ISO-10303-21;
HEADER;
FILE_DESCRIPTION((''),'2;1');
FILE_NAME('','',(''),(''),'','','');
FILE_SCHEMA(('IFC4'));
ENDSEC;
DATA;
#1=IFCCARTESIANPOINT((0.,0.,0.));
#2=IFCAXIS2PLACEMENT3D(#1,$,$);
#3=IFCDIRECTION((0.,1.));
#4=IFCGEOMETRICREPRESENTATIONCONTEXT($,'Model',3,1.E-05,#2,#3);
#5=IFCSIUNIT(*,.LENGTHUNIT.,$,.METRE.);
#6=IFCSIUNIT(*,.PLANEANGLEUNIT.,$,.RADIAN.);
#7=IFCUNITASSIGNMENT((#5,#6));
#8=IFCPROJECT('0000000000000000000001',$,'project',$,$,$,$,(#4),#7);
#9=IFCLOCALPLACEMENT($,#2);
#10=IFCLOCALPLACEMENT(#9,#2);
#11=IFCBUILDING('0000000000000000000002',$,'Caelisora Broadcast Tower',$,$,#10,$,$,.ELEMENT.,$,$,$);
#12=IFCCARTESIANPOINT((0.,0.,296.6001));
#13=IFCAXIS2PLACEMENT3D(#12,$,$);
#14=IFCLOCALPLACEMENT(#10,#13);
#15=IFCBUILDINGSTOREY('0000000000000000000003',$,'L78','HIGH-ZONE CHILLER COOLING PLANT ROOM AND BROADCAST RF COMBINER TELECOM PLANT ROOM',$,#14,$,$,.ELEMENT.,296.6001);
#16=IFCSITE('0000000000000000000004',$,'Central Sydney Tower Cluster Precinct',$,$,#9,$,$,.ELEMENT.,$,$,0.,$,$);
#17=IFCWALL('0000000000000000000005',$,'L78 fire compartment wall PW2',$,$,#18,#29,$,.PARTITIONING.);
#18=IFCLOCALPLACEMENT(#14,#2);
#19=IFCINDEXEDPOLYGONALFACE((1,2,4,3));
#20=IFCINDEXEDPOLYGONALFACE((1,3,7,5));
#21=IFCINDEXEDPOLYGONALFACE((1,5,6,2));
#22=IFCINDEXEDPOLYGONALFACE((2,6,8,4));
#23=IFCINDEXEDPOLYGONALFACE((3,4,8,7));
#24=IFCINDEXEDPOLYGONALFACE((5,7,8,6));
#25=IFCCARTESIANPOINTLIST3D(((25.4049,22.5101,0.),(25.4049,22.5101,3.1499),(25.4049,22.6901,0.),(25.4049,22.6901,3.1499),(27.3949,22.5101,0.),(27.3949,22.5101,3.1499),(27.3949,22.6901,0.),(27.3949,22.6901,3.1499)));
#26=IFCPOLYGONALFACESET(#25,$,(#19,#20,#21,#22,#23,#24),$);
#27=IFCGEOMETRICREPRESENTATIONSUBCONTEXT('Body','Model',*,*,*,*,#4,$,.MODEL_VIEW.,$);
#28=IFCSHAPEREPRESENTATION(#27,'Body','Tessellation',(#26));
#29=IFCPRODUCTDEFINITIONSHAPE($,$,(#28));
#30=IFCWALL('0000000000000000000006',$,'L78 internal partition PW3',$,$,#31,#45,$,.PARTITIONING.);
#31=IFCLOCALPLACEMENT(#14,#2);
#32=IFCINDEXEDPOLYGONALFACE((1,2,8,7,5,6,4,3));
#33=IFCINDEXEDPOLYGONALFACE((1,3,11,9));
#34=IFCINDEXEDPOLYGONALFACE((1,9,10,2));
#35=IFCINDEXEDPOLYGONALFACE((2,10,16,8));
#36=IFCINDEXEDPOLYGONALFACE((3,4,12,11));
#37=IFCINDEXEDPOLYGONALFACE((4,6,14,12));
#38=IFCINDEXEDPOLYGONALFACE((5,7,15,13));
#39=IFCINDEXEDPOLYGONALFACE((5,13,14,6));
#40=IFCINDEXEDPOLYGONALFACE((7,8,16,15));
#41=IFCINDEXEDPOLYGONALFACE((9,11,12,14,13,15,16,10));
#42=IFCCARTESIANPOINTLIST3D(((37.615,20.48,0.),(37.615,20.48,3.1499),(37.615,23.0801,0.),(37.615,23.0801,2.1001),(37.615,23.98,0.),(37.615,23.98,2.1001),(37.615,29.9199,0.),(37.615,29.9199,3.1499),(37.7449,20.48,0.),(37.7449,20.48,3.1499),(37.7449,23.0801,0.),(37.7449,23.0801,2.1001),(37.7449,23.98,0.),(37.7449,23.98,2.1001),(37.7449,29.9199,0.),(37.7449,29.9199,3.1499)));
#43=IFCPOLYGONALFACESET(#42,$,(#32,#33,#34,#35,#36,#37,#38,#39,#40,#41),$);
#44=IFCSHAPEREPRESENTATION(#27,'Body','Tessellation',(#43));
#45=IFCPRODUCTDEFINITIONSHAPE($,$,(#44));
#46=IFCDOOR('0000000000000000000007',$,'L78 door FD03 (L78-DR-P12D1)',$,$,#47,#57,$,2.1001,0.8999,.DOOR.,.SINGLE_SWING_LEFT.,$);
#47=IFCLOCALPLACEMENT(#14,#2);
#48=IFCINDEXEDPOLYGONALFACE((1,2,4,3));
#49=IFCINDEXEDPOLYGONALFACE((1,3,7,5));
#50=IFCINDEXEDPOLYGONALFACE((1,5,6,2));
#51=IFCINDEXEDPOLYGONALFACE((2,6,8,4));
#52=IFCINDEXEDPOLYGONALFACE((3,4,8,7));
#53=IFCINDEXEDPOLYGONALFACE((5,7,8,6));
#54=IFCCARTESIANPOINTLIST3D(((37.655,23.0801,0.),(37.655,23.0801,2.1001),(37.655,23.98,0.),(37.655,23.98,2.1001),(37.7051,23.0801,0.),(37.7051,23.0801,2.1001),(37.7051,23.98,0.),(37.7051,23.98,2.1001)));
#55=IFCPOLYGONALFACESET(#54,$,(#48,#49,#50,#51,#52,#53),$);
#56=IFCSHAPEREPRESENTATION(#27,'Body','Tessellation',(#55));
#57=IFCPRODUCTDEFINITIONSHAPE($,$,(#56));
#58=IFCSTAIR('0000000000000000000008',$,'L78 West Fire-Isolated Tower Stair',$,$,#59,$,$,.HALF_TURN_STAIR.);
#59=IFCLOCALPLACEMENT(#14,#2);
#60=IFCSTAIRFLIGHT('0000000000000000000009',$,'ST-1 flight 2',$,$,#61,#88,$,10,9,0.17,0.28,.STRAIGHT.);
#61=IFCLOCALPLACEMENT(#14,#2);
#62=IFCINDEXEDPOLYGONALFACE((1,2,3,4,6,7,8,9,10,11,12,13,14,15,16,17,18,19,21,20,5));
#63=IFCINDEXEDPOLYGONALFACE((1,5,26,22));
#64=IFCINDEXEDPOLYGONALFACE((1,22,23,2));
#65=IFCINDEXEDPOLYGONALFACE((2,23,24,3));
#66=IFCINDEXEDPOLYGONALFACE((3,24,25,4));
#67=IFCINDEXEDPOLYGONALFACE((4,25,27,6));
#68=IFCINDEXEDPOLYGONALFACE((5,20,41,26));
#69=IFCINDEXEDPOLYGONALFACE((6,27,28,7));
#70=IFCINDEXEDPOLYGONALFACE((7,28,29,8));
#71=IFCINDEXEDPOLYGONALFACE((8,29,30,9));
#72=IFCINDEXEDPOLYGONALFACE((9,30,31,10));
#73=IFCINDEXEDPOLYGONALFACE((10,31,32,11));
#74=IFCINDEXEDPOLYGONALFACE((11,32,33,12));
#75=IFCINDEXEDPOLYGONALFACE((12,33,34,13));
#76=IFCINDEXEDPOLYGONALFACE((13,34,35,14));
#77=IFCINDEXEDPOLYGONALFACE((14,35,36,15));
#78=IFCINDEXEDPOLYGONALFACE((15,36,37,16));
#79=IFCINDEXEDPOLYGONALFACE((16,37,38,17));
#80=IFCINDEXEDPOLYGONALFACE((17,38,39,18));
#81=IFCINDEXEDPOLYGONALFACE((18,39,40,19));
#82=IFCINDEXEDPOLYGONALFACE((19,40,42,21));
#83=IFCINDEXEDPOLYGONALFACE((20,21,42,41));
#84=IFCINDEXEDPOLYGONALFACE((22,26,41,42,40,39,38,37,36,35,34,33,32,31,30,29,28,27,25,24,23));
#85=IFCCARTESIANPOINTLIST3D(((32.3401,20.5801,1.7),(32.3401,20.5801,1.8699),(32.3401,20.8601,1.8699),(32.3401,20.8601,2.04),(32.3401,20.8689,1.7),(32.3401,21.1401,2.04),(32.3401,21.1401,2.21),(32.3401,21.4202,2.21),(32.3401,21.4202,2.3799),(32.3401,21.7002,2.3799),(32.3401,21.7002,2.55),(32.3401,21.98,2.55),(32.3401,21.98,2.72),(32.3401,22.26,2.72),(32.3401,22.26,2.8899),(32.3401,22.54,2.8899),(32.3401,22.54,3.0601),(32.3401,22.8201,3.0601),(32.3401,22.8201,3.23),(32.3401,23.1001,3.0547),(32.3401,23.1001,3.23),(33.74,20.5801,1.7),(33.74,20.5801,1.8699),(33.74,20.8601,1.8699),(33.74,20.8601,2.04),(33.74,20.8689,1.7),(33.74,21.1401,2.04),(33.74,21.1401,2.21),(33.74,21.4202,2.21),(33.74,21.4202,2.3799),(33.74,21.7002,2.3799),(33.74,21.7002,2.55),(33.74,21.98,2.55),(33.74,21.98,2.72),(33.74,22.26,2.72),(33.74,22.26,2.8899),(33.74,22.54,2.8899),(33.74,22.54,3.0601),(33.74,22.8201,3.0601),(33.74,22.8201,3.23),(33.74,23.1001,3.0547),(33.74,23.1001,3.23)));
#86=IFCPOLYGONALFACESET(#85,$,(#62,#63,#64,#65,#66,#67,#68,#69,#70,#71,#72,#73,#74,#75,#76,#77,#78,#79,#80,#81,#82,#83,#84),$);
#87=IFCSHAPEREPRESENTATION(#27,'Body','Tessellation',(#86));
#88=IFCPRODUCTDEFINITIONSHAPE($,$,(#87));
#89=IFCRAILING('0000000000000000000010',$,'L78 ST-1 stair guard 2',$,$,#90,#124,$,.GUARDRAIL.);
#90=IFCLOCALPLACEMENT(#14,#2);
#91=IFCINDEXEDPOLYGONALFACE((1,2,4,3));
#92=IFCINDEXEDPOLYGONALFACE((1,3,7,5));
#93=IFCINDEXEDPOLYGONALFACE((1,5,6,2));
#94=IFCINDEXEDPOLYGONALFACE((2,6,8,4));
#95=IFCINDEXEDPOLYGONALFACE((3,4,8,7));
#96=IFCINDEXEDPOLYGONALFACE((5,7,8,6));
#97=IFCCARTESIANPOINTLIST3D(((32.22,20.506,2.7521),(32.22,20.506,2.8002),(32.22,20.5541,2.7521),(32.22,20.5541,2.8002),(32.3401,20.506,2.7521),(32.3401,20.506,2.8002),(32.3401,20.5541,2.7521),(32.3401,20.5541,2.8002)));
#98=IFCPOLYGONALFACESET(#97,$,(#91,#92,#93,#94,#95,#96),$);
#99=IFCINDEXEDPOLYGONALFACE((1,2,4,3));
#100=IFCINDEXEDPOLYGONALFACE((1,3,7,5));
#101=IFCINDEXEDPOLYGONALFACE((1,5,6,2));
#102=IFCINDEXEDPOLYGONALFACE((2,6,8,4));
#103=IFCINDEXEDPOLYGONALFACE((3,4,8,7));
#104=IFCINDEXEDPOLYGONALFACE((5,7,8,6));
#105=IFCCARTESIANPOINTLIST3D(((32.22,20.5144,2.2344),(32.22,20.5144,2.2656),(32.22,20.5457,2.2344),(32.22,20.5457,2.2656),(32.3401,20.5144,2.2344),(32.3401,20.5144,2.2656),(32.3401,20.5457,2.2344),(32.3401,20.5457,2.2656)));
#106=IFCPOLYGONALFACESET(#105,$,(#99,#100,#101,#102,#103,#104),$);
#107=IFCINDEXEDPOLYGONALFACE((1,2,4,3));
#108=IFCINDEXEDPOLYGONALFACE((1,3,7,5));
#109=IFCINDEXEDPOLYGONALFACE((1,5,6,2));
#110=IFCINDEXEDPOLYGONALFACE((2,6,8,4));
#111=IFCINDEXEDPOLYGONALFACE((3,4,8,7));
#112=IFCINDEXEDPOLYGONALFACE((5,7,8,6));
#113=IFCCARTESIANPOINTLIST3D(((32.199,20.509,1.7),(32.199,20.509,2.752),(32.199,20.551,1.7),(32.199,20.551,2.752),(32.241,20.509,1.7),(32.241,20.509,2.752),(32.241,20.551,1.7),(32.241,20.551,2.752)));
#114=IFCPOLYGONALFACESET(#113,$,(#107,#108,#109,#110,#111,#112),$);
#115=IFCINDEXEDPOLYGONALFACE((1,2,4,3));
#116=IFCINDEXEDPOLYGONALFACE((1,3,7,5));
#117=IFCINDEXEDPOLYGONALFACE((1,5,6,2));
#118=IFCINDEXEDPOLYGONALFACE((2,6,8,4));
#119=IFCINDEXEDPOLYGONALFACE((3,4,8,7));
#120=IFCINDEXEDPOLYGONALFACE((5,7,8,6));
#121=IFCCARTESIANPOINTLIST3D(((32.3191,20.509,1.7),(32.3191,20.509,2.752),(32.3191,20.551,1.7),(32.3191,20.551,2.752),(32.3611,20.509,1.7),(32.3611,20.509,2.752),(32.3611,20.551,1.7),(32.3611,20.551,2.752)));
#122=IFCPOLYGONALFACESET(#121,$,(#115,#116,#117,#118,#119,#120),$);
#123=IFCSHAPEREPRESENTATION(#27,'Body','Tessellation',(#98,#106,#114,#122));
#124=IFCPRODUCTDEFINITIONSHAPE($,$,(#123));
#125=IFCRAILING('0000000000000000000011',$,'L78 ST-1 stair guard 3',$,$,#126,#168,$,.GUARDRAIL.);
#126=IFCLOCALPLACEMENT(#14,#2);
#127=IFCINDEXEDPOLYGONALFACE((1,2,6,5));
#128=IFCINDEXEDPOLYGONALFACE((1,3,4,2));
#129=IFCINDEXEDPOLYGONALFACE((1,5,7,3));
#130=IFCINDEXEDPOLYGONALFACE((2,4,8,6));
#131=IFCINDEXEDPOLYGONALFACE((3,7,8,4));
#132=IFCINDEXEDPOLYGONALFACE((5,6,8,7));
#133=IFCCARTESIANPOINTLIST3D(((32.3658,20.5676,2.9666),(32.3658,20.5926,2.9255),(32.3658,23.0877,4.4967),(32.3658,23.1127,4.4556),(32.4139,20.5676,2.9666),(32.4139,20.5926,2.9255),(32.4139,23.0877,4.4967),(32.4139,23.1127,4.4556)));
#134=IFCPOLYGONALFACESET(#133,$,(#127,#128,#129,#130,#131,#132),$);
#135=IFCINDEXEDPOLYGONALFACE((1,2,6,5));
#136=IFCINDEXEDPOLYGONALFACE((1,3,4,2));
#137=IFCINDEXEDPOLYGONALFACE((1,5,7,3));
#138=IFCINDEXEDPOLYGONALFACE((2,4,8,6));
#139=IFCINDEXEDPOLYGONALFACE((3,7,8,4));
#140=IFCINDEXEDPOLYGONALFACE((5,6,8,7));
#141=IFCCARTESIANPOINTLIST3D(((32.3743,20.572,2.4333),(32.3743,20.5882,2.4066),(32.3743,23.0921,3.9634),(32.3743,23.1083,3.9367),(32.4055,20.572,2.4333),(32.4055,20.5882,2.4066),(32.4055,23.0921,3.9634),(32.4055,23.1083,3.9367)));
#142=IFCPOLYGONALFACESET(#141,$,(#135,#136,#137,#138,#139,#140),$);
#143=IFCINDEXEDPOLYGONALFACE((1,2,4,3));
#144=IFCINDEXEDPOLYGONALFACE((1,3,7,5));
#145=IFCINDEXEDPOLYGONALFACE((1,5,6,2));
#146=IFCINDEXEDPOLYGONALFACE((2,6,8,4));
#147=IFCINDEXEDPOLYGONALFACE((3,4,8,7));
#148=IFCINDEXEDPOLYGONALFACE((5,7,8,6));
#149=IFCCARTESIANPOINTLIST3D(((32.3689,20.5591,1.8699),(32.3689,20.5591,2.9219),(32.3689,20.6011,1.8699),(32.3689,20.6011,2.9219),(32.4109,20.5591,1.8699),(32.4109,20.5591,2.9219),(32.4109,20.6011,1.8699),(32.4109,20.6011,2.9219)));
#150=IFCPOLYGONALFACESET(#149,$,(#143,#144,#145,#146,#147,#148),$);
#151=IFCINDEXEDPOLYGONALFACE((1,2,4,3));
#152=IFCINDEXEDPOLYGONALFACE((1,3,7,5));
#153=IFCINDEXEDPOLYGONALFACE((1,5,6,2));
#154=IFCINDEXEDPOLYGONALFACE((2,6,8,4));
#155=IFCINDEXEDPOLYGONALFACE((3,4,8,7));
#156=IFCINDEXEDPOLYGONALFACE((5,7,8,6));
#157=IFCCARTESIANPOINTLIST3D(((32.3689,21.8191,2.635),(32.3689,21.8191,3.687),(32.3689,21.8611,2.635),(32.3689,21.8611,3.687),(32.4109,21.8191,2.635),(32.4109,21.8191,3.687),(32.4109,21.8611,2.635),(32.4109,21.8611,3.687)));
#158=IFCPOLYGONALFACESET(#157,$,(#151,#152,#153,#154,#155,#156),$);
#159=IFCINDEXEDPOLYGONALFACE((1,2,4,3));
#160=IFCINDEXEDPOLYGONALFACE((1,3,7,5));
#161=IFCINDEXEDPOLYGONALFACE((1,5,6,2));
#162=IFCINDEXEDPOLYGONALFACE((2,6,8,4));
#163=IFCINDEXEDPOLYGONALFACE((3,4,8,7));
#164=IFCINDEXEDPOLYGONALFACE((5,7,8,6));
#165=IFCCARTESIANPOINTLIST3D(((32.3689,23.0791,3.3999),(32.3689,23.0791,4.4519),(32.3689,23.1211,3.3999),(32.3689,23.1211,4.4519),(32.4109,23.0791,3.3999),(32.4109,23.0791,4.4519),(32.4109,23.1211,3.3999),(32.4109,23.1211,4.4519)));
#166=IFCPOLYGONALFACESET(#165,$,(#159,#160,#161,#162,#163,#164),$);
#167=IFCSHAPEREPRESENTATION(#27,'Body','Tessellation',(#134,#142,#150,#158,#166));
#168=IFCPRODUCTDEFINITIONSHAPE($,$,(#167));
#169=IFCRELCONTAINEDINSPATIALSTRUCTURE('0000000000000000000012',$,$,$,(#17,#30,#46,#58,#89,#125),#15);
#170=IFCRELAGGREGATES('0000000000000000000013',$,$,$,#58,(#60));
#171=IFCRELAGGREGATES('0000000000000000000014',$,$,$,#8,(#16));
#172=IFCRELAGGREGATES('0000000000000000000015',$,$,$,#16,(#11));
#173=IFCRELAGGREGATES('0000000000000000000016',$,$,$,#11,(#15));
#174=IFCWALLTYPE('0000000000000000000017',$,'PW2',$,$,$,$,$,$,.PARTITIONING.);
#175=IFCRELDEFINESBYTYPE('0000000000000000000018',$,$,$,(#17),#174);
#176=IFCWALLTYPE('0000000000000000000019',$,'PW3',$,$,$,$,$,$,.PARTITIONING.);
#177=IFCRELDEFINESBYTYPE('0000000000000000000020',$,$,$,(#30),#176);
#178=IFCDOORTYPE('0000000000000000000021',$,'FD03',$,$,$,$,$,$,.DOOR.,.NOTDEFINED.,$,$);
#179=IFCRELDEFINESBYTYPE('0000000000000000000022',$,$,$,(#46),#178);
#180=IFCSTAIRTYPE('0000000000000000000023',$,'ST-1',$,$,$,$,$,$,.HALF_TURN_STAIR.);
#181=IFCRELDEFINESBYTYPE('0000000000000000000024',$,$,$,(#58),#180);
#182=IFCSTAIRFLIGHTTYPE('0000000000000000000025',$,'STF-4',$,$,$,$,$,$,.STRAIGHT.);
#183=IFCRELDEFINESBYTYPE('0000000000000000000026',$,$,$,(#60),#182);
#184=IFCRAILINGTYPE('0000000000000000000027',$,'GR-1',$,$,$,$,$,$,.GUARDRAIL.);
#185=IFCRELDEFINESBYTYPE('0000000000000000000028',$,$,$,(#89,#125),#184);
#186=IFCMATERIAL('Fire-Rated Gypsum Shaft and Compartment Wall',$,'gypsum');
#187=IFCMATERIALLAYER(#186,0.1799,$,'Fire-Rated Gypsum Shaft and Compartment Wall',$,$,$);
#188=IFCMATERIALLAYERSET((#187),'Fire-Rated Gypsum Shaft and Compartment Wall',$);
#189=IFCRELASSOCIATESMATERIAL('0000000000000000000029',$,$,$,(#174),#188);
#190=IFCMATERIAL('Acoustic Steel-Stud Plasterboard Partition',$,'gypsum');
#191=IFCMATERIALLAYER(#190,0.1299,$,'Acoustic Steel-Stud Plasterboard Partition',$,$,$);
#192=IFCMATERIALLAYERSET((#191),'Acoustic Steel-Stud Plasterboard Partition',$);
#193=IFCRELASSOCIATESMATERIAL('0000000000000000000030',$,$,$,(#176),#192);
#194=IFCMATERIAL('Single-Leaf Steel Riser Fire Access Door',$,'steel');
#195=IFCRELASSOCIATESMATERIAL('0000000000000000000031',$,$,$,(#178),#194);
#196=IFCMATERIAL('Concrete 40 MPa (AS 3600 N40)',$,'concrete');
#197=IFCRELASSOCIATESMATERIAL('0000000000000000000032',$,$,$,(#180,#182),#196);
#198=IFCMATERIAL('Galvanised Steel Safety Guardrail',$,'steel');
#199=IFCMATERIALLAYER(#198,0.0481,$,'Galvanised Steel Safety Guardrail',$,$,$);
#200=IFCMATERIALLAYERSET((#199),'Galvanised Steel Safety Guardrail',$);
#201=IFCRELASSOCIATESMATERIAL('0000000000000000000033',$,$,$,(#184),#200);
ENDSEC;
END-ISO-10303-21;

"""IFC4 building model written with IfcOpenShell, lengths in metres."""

from ifc_helpers import new_model, si_unit, direction, frame, frame_2d, origin, origin_2d, place, context, subcontext, project, spatial, polyline, rectangle, outline, extrude, material, layer, layer_set, type_object, element, fill, aggregate, save


model = new_model("IFC4")

# Units and contexts
model_context = context("Model", 3, precision=1e-05, world=origin(), true_north=direction((0.0, 1.0)))
body_context = subcontext(model_context, "Body", "Model", "MODEL_VIEW")
ifc_project = project(units=[si_unit("LENGTHUNIT", "METRE"), si_unit("PLANEANGLEUNIT", "RADIAN")], contexts=[model_context])

# Site, building, storey
site_placement = place(None, origin())
site = spatial("IfcSite", under=ifc_project, at=site_placement, Name="Central Sydney Tower Cluster Precinct", CompositionType="ELEMENT", RefElevation=0.0)
building_placement = place(site_placement, origin())
building = spatial("IfcBuilding", under=site, at=building_placement, Name="Caelisora Broadcast Tower", CompositionType="ELEMENT")
storey_placement = place(building_placement, frame((0.0, 0.0, 296.6001)))
storey = spatial("IfcBuildingStorey", under=building, at=storey_placement, Name="L78", Description="HIGH-ZONE CHILLER COOLING PLANT ROOM AND BROADCAST RF COMBINER TELECOM PLANT ROOM", CompositionType="ELEMENT", Elevation=296.6001)

# Shared definitions
ifc_material_1 = material(Name="Concrete 40 MPa (AS 3600 N40)", Category="concrete")

# Shared definitions
ifc_material_2 = material(Name="Fire-Rated Gypsum Shaft and Compartment Wall", Category="gypsum")
ifc_layer_1 = layer(ifc_material_2, 0.1799, Name="Fire-Rated Gypsum Shaft and Compartment Wall")
ifc_layer_set_1 = layer_set([ifc_layer_1], Name="Fire-Rated Gypsum Shaft and Compartment Wall")
wall_type_1 = type_object("IfcWallType", Name="PW2", PredefinedType="PARTITIONING", material=ifc_layer_set_1)

# Wall
wall_1_placement = place(storey_placement, frame((27.395, 22.6001, 0.0), z_axis=(0.0, 0.0, 1.0), x_axis=(-1.0, 0.0, 0.0)))
element("IfcWall", 1, at=wall_1_placement, inside=storey, type_object=wall_type_1, Name="L78 fire compartment wall PW2", PredefinedType="PARTITIONING", context=body_context, shape_type="SweptSolid", body=[
    extrude(rectangle(XDim=1.99, YDim=0.1799, at=frame_2d((0.9951, 0.0))), origin(), (0.0, 0.0, 1.0), 3.1499),
])

# Wall, opening, door
ifc_material_3 = material(Name="Acoustic Steel-Stud Plasterboard Partition", Category="gypsum")
ifc_layer_2 = layer(ifc_material_3, 0.1299, Name="Acoustic Steel-Stud Plasterboard Partition")
ifc_layer_set_2 = layer_set([ifc_layer_2], Name="Acoustic Steel-Stud Plasterboard Partition")
wall_type_2 = type_object("IfcWallType", Name="PW3", PredefinedType="PARTITIONING", material=ifc_layer_set_2)
wall_2_placement = place(storey_placement, frame((37.6799, 20.48, 0.0), z_axis=(0.0, 0.0, 1.0), x_axis=(0.0, 1.0, 0.0)))
wall_2 = element("IfcWall", 2, at=wall_2_placement, inside=storey, type_object=wall_type_2, Name="L78 internal partition PW3", PredefinedType="PARTITIONING", context=body_context, shape_type="SweptSolid", body=[
    extrude(rectangle(XDim=9.4399, YDim=0.1299, at=frame_2d((4.72, 0.0))), origin(), (0.0, 0.0, 1.0), 3.1499),
])
opening_1_placement = place(wall_2_placement, frame((2.6001, 0.0, 0.0)))
opening_1 = element("IfcOpeningElement", 3, at=opening_1_placement, cuts=wall_2, PredefinedType="OPENING", context=body_context, shape_type="SweptSolid", body=[
    extrude(rectangle(XDim=0.8999, YDim=2.1001, at=frame_2d((0.45, 1.05))), frame((0.0, 0.0769, 0.0), z_axis=(0.0, -1.0, 0.0), x_axis=(1.0, 0.0, 0.0)), (0.0, 0.0, 1.0), 0.1538),
])
ifc_material_4 = material(Name="Single-Leaf Steel Riser Fire Access Door", Category="steel")
door_type_1 = type_object("IfcDoorType", Name="FD03", OperationType="NOTDEFINED", PredefinedType="DOOR", material=ifc_material_4)
door_1_placement = place(opening_1_placement, origin())
door_1 = element("IfcDoor", 4, at=door_1_placement, inside=storey, type_object=door_type_1, Name="L78 door FD03 (L78-DR-P12D1)", OperationType="SINGLE_SWING_LEFT", OverallHeight=2.1001, OverallWidth=0.8999, PredefinedType="DOOR", context=body_context, shape_type="SweptSolid", body=[
    extrude(rectangle(XDim=0.8999, YDim=2.1001, at=frame_2d((0.45, 1.05))), frame((0.0, 0.0249, 0.0), z_axis=(0.0, -1.0, 0.0), x_axis=(1.0, 0.0, 0.0)), (0.0, 0.0, 1.0), 0.05),
])
fill(opening_1, door_1)

# Stair, stair flight
stair_type = type_object("IfcStairType", Name="ST-1", PredefinedType="HALF_TURN_STAIR", material=ifc_material_1)
stair_placement = place(storey_placement, origin())
stair = element("IfcStair", 5, at=stair_placement, inside=storey, type_object=stair_type, Name="L78 West Fire-Isolated Tower Stair", PredefinedType="HALF_TURN_STAIR")
stair_flight_type = type_object("IfcStairFlightType", Name="STF-4", PredefinedType="STRAIGHT", material=ifc_material_1)
stair_flight_placement = place(storey_placement, frame((33.04, 20.5801, 1.7), z_axis=(0.0, 0.0, 1.0), x_axis=(0.0, 1.0, 0.0)))
stair_flight = element("IfcStairFlight", 6, at=stair_flight_placement, type_object=stair_flight_type, Name="ST-1 flight 2", NumberOfRisers=10, NumberOfTreads=9, PredefinedType="STRAIGHT", RiserHeight=0.17, TreadLength=0.28, context=body_context, shape_type="SweptSolid", body=[
    extrude(outline(polyline([(0.0, 0.0), (0.0, 0.1699), (0.28, 0.1699), (0.28, 0.3401), (0.5601, 0.3401), (0.5601, 0.51), (0.8401, 0.51), (0.8401, 0.6799), (1.1201, 0.6799), (1.1201, 0.8501), (1.3999, 0.8501), (1.3999, 1.02), (1.6799, 1.02), (1.6799, 1.1899), (1.96, 1.1899), (1.96, 1.3601), (2.24, 1.3601), (2.24, 1.53), (2.52, 1.53), (2.52, 1.7), (2.52, 1.3547), (0.2888, 0.0), (0.0, 0.0)])), frame((0.0, 0.7, 0.0), z_axis=(0.0, -1.0, 0.0), x_axis=(1.0, 0.0, 0.0)), (0.0, 0.0, 1.0), 1.3999),
])
aggregate(stair, [stair_flight])

# Railings
ifc_material_5 = material(Name="Galvanised Steel Safety Guardrail", Category="steel")
ifc_layer_3 = layer(ifc_material_5, 0.0481, Name="Galvanised Steel Safety Guardrail")
ifc_layer_set_3 = layer_set([ifc_layer_3], Name="Galvanised Steel Safety Guardrail")
railing_type_1 = type_object("IfcRailingType", Name="GR-1", PredefinedType="GUARDRAIL", material=ifc_layer_set_3)
railing_1_placement = place(storey_placement, frame((32.22, 20.53, 1.7)))
element("IfcRailing", 7, at=railing_1_placement, inside=storey, type_object=railing_type_1, Name="L78 ST-1 stair guard 2", PredefinedType="GUARDRAIL", context=body_context, shape_type="SweptSolid", body=[
    extrude(rectangle(XDim=0.0481, YDim=0.0481, at=origin_2d()), frame((0.0, 0.0, 1.0762), z_axis=(1.0, 0.0, 0.0), x_axis=(0.0, 1.0, 0.0)), (0.0, 0.0, 1.0), 0.1201),
    extrude(rectangle(XDim=0.0312, YDim=0.0312, at=origin_2d()), frame((0.0, 0.0, 0.55), z_axis=(1.0, 0.0, 0.0), x_axis=(0.0, 1.0, 0.0)), (0.0, 0.0, 1.0), 0.1201),
    extrude(rectangle(XDim=0.042, YDim=0.042, at=origin_2d()), origin(), (0.0, 0.0, 1.0), 1.052),
    extrude(rectangle(XDim=0.042, YDim=0.042, at=origin_2d()), frame((0.1201, 0.0, 0.0)), (0.0, 0.0, 1.0), 1.052),
])
railing_2_placement = place(storey_placement, frame((32.3899, 20.5801, 1.8699)))
element("IfcRailing", 8, at=railing_2_placement, inside=storey, type_object=railing_type_1, Name="L78 ST-1 stair guard 3", PredefinedType="GUARDRAIL", context=body_context, shape_type="SweptSolid", body=[
    extrude(rectangle(XDim=0.0481, YDim=0.0481, at=origin_2d()), frame((0.0, 0.0, 1.0762), z_axis=(0.0, 0.854785, 0.518982), x_axis=(-1.0, 0.0, 0.0)), (0.0, 0.0, 1.0), 2.9482),
    extrude(rectangle(XDim=0.0312, YDim=0.0312, at=origin_2d()), frame((0.0, 0.0, 0.55), z_axis=(0.0, 0.854785, 0.518982), x_axis=(-1.0, 0.0, 0.0)), (0.0, 0.0, 1.0), 2.9482),
    extrude(rectangle(XDim=0.042, YDim=0.042, at=origin_2d()), origin(), (0.0, 0.0, 1.0), 1.052),
    extrude(rectangle(XDim=0.042, YDim=0.042, at=origin_2d()), frame((0.0, 1.26, 0.7651)), (0.0, 0.0, 1.0), 1.052),
    extrude(rectangle(XDim=0.042, YDim=0.042, at=origin_2d()), frame((0.0, 2.52, 1.53)), (0.0, 0.0, 1.0), 1.052),
])

save(model, "model.ifc")
